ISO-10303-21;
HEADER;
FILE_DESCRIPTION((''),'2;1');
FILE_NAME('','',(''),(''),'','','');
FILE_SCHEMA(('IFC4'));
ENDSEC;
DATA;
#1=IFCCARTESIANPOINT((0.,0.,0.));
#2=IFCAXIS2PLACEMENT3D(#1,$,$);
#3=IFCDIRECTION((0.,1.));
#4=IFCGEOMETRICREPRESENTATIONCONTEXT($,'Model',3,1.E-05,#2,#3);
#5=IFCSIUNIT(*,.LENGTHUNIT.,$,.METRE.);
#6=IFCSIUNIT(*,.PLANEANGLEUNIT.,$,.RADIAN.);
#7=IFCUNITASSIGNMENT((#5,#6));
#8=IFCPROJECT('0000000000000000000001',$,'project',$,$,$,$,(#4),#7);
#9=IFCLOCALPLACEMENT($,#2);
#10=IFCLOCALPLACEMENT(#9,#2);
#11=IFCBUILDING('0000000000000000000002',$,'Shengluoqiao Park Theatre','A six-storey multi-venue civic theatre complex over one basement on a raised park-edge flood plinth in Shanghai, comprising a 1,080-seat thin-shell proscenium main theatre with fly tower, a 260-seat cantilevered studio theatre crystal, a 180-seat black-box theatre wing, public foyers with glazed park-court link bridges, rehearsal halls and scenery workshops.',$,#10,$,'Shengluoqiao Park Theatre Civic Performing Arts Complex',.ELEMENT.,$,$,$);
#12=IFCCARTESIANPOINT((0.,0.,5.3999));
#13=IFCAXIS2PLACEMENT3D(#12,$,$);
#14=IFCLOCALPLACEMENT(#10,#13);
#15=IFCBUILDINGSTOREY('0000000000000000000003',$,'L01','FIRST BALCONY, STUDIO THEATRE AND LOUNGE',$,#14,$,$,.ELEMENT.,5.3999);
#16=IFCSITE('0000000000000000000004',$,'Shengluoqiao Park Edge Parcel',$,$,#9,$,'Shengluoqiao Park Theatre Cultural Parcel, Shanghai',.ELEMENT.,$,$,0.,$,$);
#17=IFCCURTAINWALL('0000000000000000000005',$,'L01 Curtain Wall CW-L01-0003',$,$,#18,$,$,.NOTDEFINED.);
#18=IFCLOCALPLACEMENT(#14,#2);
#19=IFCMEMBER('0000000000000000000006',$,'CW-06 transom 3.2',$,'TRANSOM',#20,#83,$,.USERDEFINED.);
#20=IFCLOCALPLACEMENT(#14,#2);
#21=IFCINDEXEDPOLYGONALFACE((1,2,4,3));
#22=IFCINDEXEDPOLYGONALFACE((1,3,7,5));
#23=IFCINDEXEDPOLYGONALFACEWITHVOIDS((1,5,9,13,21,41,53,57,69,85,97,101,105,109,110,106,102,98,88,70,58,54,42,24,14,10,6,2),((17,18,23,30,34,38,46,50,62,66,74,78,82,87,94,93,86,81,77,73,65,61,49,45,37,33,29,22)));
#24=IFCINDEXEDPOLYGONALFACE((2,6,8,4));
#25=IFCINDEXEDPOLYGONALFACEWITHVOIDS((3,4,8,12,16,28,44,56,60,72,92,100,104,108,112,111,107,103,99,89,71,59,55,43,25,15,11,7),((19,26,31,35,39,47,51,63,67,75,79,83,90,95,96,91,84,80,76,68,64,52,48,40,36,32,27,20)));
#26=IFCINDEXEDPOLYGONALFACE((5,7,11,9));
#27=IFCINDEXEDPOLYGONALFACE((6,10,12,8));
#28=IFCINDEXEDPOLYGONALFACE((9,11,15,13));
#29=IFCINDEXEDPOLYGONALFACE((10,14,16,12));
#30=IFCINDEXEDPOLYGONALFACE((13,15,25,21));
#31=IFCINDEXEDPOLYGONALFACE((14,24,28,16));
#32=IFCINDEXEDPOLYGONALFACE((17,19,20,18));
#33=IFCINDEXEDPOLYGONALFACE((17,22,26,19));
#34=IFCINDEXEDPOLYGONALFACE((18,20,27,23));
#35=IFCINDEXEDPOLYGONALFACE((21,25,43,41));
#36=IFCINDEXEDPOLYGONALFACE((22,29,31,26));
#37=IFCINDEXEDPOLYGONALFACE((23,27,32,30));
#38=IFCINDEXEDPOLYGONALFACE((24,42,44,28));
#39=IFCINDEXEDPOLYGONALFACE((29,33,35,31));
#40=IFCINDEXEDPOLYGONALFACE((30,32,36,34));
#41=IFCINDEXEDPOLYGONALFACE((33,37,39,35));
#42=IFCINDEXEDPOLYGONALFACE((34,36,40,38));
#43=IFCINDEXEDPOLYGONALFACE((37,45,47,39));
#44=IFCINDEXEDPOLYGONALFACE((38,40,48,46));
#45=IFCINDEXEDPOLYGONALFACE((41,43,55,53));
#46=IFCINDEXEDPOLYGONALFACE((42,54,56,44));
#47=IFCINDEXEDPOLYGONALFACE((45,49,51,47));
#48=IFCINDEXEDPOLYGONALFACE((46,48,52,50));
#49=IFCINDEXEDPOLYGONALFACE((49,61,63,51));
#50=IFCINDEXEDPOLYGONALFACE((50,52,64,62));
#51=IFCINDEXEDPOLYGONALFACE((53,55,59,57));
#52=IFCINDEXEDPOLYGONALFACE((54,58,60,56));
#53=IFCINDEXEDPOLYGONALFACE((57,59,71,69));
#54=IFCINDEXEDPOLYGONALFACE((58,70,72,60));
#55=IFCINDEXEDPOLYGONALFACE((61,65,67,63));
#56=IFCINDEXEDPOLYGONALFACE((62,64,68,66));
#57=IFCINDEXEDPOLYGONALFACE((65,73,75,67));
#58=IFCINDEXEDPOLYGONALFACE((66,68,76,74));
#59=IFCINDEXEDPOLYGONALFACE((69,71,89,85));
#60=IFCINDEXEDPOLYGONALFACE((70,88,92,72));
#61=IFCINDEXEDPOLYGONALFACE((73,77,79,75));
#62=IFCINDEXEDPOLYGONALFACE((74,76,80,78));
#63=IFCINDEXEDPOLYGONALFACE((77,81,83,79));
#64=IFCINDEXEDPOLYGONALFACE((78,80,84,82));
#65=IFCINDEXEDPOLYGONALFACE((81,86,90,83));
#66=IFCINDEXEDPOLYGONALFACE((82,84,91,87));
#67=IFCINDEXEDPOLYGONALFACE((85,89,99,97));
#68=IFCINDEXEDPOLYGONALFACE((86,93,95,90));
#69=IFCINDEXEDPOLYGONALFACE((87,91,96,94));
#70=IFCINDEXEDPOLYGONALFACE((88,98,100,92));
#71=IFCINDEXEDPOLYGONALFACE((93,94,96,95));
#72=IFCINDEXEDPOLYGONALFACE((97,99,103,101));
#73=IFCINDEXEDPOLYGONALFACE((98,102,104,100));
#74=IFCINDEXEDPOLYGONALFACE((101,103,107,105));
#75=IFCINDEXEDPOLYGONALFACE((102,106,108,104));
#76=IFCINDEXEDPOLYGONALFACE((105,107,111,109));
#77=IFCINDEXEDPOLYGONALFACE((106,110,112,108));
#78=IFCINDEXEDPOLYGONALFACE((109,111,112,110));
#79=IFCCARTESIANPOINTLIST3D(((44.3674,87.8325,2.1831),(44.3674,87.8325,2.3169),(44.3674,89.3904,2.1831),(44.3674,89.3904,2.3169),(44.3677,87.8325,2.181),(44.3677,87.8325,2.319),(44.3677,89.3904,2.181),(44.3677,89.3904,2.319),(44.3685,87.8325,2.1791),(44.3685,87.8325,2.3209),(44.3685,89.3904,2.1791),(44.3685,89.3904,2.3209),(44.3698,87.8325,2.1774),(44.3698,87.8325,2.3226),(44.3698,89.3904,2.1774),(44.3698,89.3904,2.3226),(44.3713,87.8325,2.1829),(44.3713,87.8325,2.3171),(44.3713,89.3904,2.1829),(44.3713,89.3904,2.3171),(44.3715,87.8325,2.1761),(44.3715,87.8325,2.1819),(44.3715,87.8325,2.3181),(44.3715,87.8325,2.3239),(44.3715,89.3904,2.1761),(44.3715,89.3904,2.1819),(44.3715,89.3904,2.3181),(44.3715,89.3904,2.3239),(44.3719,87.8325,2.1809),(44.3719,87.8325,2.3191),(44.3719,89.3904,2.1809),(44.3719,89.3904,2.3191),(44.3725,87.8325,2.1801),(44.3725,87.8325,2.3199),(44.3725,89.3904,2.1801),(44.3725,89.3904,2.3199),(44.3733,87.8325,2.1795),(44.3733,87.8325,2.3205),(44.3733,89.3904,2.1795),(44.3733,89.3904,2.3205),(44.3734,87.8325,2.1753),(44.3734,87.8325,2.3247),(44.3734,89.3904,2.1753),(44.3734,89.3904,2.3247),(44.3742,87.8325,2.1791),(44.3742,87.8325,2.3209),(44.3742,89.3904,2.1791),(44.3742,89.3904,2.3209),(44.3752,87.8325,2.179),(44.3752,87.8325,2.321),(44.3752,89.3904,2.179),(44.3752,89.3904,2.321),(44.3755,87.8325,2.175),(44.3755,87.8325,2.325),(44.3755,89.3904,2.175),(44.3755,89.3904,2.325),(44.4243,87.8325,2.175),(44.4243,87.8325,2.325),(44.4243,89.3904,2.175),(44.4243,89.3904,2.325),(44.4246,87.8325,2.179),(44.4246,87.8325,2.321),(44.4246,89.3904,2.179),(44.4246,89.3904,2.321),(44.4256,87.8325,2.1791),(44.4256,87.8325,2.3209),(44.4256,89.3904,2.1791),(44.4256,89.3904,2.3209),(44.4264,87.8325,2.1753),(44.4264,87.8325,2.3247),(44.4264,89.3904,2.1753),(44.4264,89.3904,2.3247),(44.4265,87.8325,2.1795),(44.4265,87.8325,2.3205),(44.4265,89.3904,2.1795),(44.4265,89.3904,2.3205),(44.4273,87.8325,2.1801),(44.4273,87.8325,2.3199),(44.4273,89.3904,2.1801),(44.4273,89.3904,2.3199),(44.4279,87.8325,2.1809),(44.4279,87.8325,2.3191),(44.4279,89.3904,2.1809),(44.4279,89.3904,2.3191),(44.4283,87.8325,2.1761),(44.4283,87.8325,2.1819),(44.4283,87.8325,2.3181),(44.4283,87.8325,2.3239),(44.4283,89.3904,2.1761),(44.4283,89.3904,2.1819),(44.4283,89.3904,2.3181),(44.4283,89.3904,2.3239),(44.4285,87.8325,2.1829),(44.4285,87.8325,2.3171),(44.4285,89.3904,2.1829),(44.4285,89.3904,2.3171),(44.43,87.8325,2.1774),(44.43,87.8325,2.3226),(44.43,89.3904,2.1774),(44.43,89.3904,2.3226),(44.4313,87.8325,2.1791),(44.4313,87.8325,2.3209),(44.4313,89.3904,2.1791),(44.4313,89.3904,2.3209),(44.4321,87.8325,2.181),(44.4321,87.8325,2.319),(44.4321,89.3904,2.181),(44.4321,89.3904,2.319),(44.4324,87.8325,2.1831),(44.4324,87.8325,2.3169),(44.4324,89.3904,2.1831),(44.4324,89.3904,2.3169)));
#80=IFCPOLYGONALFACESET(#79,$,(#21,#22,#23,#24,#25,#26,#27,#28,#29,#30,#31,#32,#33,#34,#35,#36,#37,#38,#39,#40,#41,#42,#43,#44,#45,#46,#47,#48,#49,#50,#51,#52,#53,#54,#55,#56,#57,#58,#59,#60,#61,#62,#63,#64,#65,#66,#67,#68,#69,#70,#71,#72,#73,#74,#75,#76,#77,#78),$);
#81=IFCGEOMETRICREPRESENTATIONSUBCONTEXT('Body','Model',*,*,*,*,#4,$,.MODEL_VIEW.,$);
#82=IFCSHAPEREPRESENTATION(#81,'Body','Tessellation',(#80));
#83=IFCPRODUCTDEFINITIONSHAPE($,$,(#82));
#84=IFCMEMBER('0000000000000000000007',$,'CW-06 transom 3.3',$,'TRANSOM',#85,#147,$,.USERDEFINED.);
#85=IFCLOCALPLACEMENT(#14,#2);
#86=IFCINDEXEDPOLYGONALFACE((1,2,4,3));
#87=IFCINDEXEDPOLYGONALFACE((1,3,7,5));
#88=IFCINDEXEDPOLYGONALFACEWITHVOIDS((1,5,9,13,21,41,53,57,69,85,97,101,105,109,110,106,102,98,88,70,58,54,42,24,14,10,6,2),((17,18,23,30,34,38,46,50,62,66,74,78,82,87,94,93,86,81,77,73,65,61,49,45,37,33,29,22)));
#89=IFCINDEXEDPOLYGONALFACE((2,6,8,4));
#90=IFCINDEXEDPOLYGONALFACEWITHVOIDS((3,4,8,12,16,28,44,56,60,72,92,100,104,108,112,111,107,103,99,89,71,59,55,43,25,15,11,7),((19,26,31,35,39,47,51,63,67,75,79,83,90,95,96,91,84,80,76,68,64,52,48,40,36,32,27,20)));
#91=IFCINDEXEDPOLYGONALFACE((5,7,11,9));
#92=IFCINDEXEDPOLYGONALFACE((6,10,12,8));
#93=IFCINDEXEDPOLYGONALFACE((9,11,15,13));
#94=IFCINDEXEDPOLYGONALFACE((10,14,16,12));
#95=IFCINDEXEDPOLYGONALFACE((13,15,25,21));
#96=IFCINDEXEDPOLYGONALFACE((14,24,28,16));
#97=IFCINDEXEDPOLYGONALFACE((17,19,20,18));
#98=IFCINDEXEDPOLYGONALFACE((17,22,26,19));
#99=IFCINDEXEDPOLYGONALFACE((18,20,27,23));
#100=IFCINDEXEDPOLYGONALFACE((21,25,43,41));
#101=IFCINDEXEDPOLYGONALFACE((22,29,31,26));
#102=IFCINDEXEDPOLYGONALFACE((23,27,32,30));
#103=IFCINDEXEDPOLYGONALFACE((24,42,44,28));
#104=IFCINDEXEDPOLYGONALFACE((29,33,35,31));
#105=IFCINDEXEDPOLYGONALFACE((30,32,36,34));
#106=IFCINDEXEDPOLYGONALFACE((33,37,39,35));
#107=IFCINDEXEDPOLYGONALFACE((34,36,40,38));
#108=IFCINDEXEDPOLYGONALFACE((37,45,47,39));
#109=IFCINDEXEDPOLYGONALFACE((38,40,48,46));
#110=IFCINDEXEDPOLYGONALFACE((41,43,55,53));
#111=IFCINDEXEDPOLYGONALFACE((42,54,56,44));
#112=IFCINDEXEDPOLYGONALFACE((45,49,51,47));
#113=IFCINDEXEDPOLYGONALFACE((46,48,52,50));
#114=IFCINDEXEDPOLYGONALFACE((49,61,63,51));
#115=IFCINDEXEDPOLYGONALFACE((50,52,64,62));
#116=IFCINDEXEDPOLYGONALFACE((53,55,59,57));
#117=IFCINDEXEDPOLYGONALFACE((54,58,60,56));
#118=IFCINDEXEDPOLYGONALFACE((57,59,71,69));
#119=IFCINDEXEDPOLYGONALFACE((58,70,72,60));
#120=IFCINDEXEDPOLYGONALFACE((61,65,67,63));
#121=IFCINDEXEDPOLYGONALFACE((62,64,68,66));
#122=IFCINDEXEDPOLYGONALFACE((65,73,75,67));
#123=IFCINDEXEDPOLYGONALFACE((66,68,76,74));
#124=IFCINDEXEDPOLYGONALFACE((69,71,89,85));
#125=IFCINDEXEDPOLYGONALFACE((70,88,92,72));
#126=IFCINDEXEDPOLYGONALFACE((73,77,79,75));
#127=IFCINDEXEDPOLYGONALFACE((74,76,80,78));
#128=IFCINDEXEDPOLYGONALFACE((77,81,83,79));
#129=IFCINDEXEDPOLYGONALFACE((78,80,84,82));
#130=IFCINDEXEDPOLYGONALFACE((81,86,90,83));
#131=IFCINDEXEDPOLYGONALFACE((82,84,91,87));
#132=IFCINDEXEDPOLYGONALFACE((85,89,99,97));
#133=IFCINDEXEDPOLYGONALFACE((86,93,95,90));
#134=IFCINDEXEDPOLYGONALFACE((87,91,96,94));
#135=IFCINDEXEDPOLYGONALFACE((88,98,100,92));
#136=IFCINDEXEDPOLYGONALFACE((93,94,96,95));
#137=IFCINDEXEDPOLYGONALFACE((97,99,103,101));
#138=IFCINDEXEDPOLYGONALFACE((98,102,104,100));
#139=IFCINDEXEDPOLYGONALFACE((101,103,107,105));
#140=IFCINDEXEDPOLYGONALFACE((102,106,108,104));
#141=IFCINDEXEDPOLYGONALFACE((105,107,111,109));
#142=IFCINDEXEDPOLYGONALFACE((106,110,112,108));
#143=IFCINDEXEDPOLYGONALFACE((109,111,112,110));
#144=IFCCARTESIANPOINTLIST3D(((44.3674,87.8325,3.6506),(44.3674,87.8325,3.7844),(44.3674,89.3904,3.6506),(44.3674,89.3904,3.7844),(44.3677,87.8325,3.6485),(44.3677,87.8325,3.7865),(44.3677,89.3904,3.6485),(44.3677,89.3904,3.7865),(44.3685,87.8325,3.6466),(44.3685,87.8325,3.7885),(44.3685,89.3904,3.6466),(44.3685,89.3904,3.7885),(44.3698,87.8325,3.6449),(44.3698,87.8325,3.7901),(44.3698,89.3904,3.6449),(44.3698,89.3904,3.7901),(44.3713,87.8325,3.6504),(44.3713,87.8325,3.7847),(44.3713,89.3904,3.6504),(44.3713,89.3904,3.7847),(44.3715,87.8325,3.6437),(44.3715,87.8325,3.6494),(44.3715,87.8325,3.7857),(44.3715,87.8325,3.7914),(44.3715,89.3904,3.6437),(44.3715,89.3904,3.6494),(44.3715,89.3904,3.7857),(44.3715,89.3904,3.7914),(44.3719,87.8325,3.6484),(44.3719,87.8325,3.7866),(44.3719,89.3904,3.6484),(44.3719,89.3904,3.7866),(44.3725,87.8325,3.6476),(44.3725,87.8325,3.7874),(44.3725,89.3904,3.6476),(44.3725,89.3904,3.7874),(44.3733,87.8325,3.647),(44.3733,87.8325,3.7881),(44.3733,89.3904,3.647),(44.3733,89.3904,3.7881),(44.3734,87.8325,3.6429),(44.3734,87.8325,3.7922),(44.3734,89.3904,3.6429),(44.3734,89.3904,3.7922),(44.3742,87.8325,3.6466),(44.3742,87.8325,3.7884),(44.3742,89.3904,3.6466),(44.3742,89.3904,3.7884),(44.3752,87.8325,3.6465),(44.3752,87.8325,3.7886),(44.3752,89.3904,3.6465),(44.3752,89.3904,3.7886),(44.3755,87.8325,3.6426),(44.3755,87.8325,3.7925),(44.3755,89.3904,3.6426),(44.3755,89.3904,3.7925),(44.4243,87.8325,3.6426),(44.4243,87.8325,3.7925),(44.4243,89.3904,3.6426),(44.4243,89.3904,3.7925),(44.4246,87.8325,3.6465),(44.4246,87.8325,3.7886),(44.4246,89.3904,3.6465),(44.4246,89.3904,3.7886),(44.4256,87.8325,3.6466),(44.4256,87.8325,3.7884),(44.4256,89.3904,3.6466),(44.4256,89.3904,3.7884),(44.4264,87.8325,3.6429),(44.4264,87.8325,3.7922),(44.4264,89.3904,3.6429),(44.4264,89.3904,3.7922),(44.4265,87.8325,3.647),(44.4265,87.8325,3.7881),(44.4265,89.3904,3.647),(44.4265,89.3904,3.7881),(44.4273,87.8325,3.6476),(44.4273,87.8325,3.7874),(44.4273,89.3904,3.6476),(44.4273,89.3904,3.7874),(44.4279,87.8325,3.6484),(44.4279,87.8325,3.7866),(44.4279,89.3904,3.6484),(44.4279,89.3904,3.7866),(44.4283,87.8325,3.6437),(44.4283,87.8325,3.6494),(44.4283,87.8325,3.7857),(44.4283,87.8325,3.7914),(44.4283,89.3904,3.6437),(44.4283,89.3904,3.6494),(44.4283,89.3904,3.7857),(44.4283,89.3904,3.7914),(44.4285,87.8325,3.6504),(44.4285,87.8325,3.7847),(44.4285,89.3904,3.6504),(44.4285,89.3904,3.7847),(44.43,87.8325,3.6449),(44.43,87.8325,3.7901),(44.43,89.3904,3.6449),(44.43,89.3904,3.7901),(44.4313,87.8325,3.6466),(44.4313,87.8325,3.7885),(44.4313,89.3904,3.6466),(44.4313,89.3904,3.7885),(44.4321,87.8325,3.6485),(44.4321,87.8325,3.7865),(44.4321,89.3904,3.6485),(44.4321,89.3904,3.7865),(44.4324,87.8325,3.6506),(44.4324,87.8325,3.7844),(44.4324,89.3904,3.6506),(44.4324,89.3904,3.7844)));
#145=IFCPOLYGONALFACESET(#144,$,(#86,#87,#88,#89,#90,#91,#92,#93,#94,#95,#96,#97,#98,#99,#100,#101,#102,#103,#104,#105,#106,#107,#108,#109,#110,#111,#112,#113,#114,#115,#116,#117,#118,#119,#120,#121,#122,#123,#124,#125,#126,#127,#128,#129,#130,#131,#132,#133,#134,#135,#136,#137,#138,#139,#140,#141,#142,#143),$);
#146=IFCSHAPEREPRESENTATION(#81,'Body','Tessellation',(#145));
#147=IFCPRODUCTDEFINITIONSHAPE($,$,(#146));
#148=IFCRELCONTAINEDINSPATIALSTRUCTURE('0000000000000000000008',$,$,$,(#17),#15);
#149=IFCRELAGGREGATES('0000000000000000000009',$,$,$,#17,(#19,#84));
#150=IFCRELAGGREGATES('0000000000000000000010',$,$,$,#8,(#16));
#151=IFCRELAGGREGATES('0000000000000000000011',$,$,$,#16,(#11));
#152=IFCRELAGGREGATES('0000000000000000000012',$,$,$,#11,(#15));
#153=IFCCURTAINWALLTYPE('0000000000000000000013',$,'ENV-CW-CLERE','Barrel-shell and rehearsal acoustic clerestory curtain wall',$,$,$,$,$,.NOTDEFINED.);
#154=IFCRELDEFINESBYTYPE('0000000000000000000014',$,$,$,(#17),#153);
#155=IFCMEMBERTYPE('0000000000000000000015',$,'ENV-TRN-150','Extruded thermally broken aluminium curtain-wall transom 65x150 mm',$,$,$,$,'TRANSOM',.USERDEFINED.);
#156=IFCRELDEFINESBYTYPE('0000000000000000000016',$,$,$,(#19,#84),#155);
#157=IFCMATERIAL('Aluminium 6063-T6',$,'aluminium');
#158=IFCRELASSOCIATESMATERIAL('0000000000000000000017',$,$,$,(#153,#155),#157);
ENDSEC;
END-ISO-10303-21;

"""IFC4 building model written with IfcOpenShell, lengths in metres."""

from ifc_helpers import new_model, si_unit, direction, frame, origin, origin_2d, place, context, subcontext, project, spatial, hollow_rectangle, extrude, material, material_profile, profile_set, type_object, element, aggregate, save


model = new_model("IFC4")

# Units and contexts
model_context = context("Model", 3, precision=1e-05, world=origin(), true_north=direction((0.0, 1.0)))
body_context = subcontext(model_context, "Body", "Model", "MODEL_VIEW")
ifc_project = project(units=[si_unit("LENGTHUNIT", "METRE"), si_unit("PLANEANGLEUNIT", "RADIAN")], contexts=[model_context])

# Site, building, storey
site_placement = place(None, origin())
site = spatial("IfcSite", under=ifc_project, at=site_placement, Name="Shengluoqiao Park Edge Parcel", LongName="Shengluoqiao Park Theatre Cultural Parcel, Shanghai", CompositionType="ELEMENT", RefElevation=0.0)
building_placement = place(site_placement, origin())
building = spatial("IfcBuilding", under=site, at=building_placement, Name="Shengluoqiao Park Theatre", Description="A six-storey multi-venue civic theatre complex over one basement on a raised park-edge flood plinth in Shanghai, comprising a 1,080-seat thin-shell proscenium main theatre with fly tower, a 260-seat cantilevered studio theatre crystal, a 180-seat black-box theatre wing, public foyers with glazed park-court link bridges, rehearsal halls and scenery workshops.", LongName="Shengluoqiao Park Theatre Civic Performing Arts Complex", CompositionType="ELEMENT")
storey_placement = place(building_placement, frame((0.0, 0.0, 5.3999)))
storey = spatial("IfcBuildingStorey", under=building, at=storey_placement, Name="L01", Description="FIRST BALCONY, STUDIO THEATRE AND LOUNGE", CompositionType="ELEMENT", Elevation=5.3999)

# Curtain wall, members
ifc_material_1 = material(Name="Aluminium 6063-T6", Category="aluminium")
curtain_wall_type = type_object("IfcCurtainWallType", Name="ENV-CW-CLERE", Description="Barrel-shell and rehearsal acoustic clerestory curtain wall", PredefinedType="NOTDEFINED", material=ifc_material_1)
curtain_wall_placement = place(storey_placement, origin())
curtain_wall = element("IfcCurtainWall", 1, at=curtain_wall_placement, inside=storey, type_object=curtain_wall_type, Name="L01 Curtain Wall CW-L01-0003", PredefinedType="NOTDEFINED")
ifc_material_profile_1 = material_profile(ifc_material_1, hollow_rectangle(XDim=0.0649, YDim=0.1499, WallThickness=0.0039, InnerFilletRadius=0.0039, OuterFilletRadius=0.0081, at=origin_2d()), Name="ALU TRANSOM 150x65x4")
ifc_profile_set_1 = profile_set([ifc_material_profile_1], Name="Aluminium 6063-T6")
member_type_1 = type_object("IfcMemberType", Name="ENV-TRN-150", Description="Extruded thermally broken aluminium curtain-wall transom 65x150 mm", ElementType="TRANSOM", PredefinedType="USERDEFINED", material=ifc_profile_set_1)
member_1_placement = place(storey_placement, frame((44.3999, 87.8325, 2.25), z_axis=(0.0, 1.0, 0.0), x_axis=(-1.0, 0.0, 0.0)))
member_1 = element("IfcMember", 2, at=member_1_placement, type_object=member_type_1, Name="CW-06 transom 3.2", ObjectType="TRANSOM", PredefinedType="USERDEFINED", context=body_context, shape_type="SweptSolid", body=[
    extrude(hollow_rectangle(XDim=0.0649, YDim=0.1499, WallThickness=0.0039, InnerFilletRadius=0.0039, OuterFilletRadius=0.0081, at=origin_2d()), origin(), (0.0, 0.0, 1.0), 1.5579),
])
member_2_placement = place(storey_placement, frame((44.3999, 87.8325, 3.7175), z_axis=(0.0, 1.0, 0.0), x_axis=(-1.0, 0.0, 0.0)))
member_2 = element("IfcMember", 3, at=member_2_placement, type_object=member_type_1, Name="CW-06 transom 3.3", ObjectType="TRANSOM", PredefinedType="USERDEFINED", context=body_context, shape_type="SweptSolid", body=[
    extrude(hollow_rectangle(XDim=0.0649, YDim=0.1499, WallThickness=0.0039, InnerFilletRadius=0.0039, OuterFilletRadius=0.0081, at=origin_2d()), origin(), (0.0, 0.0, 1.0), 1.5579),
])

aggregate(curtain_wall, [member_1, member_2])

save(model, "model.ifc")
